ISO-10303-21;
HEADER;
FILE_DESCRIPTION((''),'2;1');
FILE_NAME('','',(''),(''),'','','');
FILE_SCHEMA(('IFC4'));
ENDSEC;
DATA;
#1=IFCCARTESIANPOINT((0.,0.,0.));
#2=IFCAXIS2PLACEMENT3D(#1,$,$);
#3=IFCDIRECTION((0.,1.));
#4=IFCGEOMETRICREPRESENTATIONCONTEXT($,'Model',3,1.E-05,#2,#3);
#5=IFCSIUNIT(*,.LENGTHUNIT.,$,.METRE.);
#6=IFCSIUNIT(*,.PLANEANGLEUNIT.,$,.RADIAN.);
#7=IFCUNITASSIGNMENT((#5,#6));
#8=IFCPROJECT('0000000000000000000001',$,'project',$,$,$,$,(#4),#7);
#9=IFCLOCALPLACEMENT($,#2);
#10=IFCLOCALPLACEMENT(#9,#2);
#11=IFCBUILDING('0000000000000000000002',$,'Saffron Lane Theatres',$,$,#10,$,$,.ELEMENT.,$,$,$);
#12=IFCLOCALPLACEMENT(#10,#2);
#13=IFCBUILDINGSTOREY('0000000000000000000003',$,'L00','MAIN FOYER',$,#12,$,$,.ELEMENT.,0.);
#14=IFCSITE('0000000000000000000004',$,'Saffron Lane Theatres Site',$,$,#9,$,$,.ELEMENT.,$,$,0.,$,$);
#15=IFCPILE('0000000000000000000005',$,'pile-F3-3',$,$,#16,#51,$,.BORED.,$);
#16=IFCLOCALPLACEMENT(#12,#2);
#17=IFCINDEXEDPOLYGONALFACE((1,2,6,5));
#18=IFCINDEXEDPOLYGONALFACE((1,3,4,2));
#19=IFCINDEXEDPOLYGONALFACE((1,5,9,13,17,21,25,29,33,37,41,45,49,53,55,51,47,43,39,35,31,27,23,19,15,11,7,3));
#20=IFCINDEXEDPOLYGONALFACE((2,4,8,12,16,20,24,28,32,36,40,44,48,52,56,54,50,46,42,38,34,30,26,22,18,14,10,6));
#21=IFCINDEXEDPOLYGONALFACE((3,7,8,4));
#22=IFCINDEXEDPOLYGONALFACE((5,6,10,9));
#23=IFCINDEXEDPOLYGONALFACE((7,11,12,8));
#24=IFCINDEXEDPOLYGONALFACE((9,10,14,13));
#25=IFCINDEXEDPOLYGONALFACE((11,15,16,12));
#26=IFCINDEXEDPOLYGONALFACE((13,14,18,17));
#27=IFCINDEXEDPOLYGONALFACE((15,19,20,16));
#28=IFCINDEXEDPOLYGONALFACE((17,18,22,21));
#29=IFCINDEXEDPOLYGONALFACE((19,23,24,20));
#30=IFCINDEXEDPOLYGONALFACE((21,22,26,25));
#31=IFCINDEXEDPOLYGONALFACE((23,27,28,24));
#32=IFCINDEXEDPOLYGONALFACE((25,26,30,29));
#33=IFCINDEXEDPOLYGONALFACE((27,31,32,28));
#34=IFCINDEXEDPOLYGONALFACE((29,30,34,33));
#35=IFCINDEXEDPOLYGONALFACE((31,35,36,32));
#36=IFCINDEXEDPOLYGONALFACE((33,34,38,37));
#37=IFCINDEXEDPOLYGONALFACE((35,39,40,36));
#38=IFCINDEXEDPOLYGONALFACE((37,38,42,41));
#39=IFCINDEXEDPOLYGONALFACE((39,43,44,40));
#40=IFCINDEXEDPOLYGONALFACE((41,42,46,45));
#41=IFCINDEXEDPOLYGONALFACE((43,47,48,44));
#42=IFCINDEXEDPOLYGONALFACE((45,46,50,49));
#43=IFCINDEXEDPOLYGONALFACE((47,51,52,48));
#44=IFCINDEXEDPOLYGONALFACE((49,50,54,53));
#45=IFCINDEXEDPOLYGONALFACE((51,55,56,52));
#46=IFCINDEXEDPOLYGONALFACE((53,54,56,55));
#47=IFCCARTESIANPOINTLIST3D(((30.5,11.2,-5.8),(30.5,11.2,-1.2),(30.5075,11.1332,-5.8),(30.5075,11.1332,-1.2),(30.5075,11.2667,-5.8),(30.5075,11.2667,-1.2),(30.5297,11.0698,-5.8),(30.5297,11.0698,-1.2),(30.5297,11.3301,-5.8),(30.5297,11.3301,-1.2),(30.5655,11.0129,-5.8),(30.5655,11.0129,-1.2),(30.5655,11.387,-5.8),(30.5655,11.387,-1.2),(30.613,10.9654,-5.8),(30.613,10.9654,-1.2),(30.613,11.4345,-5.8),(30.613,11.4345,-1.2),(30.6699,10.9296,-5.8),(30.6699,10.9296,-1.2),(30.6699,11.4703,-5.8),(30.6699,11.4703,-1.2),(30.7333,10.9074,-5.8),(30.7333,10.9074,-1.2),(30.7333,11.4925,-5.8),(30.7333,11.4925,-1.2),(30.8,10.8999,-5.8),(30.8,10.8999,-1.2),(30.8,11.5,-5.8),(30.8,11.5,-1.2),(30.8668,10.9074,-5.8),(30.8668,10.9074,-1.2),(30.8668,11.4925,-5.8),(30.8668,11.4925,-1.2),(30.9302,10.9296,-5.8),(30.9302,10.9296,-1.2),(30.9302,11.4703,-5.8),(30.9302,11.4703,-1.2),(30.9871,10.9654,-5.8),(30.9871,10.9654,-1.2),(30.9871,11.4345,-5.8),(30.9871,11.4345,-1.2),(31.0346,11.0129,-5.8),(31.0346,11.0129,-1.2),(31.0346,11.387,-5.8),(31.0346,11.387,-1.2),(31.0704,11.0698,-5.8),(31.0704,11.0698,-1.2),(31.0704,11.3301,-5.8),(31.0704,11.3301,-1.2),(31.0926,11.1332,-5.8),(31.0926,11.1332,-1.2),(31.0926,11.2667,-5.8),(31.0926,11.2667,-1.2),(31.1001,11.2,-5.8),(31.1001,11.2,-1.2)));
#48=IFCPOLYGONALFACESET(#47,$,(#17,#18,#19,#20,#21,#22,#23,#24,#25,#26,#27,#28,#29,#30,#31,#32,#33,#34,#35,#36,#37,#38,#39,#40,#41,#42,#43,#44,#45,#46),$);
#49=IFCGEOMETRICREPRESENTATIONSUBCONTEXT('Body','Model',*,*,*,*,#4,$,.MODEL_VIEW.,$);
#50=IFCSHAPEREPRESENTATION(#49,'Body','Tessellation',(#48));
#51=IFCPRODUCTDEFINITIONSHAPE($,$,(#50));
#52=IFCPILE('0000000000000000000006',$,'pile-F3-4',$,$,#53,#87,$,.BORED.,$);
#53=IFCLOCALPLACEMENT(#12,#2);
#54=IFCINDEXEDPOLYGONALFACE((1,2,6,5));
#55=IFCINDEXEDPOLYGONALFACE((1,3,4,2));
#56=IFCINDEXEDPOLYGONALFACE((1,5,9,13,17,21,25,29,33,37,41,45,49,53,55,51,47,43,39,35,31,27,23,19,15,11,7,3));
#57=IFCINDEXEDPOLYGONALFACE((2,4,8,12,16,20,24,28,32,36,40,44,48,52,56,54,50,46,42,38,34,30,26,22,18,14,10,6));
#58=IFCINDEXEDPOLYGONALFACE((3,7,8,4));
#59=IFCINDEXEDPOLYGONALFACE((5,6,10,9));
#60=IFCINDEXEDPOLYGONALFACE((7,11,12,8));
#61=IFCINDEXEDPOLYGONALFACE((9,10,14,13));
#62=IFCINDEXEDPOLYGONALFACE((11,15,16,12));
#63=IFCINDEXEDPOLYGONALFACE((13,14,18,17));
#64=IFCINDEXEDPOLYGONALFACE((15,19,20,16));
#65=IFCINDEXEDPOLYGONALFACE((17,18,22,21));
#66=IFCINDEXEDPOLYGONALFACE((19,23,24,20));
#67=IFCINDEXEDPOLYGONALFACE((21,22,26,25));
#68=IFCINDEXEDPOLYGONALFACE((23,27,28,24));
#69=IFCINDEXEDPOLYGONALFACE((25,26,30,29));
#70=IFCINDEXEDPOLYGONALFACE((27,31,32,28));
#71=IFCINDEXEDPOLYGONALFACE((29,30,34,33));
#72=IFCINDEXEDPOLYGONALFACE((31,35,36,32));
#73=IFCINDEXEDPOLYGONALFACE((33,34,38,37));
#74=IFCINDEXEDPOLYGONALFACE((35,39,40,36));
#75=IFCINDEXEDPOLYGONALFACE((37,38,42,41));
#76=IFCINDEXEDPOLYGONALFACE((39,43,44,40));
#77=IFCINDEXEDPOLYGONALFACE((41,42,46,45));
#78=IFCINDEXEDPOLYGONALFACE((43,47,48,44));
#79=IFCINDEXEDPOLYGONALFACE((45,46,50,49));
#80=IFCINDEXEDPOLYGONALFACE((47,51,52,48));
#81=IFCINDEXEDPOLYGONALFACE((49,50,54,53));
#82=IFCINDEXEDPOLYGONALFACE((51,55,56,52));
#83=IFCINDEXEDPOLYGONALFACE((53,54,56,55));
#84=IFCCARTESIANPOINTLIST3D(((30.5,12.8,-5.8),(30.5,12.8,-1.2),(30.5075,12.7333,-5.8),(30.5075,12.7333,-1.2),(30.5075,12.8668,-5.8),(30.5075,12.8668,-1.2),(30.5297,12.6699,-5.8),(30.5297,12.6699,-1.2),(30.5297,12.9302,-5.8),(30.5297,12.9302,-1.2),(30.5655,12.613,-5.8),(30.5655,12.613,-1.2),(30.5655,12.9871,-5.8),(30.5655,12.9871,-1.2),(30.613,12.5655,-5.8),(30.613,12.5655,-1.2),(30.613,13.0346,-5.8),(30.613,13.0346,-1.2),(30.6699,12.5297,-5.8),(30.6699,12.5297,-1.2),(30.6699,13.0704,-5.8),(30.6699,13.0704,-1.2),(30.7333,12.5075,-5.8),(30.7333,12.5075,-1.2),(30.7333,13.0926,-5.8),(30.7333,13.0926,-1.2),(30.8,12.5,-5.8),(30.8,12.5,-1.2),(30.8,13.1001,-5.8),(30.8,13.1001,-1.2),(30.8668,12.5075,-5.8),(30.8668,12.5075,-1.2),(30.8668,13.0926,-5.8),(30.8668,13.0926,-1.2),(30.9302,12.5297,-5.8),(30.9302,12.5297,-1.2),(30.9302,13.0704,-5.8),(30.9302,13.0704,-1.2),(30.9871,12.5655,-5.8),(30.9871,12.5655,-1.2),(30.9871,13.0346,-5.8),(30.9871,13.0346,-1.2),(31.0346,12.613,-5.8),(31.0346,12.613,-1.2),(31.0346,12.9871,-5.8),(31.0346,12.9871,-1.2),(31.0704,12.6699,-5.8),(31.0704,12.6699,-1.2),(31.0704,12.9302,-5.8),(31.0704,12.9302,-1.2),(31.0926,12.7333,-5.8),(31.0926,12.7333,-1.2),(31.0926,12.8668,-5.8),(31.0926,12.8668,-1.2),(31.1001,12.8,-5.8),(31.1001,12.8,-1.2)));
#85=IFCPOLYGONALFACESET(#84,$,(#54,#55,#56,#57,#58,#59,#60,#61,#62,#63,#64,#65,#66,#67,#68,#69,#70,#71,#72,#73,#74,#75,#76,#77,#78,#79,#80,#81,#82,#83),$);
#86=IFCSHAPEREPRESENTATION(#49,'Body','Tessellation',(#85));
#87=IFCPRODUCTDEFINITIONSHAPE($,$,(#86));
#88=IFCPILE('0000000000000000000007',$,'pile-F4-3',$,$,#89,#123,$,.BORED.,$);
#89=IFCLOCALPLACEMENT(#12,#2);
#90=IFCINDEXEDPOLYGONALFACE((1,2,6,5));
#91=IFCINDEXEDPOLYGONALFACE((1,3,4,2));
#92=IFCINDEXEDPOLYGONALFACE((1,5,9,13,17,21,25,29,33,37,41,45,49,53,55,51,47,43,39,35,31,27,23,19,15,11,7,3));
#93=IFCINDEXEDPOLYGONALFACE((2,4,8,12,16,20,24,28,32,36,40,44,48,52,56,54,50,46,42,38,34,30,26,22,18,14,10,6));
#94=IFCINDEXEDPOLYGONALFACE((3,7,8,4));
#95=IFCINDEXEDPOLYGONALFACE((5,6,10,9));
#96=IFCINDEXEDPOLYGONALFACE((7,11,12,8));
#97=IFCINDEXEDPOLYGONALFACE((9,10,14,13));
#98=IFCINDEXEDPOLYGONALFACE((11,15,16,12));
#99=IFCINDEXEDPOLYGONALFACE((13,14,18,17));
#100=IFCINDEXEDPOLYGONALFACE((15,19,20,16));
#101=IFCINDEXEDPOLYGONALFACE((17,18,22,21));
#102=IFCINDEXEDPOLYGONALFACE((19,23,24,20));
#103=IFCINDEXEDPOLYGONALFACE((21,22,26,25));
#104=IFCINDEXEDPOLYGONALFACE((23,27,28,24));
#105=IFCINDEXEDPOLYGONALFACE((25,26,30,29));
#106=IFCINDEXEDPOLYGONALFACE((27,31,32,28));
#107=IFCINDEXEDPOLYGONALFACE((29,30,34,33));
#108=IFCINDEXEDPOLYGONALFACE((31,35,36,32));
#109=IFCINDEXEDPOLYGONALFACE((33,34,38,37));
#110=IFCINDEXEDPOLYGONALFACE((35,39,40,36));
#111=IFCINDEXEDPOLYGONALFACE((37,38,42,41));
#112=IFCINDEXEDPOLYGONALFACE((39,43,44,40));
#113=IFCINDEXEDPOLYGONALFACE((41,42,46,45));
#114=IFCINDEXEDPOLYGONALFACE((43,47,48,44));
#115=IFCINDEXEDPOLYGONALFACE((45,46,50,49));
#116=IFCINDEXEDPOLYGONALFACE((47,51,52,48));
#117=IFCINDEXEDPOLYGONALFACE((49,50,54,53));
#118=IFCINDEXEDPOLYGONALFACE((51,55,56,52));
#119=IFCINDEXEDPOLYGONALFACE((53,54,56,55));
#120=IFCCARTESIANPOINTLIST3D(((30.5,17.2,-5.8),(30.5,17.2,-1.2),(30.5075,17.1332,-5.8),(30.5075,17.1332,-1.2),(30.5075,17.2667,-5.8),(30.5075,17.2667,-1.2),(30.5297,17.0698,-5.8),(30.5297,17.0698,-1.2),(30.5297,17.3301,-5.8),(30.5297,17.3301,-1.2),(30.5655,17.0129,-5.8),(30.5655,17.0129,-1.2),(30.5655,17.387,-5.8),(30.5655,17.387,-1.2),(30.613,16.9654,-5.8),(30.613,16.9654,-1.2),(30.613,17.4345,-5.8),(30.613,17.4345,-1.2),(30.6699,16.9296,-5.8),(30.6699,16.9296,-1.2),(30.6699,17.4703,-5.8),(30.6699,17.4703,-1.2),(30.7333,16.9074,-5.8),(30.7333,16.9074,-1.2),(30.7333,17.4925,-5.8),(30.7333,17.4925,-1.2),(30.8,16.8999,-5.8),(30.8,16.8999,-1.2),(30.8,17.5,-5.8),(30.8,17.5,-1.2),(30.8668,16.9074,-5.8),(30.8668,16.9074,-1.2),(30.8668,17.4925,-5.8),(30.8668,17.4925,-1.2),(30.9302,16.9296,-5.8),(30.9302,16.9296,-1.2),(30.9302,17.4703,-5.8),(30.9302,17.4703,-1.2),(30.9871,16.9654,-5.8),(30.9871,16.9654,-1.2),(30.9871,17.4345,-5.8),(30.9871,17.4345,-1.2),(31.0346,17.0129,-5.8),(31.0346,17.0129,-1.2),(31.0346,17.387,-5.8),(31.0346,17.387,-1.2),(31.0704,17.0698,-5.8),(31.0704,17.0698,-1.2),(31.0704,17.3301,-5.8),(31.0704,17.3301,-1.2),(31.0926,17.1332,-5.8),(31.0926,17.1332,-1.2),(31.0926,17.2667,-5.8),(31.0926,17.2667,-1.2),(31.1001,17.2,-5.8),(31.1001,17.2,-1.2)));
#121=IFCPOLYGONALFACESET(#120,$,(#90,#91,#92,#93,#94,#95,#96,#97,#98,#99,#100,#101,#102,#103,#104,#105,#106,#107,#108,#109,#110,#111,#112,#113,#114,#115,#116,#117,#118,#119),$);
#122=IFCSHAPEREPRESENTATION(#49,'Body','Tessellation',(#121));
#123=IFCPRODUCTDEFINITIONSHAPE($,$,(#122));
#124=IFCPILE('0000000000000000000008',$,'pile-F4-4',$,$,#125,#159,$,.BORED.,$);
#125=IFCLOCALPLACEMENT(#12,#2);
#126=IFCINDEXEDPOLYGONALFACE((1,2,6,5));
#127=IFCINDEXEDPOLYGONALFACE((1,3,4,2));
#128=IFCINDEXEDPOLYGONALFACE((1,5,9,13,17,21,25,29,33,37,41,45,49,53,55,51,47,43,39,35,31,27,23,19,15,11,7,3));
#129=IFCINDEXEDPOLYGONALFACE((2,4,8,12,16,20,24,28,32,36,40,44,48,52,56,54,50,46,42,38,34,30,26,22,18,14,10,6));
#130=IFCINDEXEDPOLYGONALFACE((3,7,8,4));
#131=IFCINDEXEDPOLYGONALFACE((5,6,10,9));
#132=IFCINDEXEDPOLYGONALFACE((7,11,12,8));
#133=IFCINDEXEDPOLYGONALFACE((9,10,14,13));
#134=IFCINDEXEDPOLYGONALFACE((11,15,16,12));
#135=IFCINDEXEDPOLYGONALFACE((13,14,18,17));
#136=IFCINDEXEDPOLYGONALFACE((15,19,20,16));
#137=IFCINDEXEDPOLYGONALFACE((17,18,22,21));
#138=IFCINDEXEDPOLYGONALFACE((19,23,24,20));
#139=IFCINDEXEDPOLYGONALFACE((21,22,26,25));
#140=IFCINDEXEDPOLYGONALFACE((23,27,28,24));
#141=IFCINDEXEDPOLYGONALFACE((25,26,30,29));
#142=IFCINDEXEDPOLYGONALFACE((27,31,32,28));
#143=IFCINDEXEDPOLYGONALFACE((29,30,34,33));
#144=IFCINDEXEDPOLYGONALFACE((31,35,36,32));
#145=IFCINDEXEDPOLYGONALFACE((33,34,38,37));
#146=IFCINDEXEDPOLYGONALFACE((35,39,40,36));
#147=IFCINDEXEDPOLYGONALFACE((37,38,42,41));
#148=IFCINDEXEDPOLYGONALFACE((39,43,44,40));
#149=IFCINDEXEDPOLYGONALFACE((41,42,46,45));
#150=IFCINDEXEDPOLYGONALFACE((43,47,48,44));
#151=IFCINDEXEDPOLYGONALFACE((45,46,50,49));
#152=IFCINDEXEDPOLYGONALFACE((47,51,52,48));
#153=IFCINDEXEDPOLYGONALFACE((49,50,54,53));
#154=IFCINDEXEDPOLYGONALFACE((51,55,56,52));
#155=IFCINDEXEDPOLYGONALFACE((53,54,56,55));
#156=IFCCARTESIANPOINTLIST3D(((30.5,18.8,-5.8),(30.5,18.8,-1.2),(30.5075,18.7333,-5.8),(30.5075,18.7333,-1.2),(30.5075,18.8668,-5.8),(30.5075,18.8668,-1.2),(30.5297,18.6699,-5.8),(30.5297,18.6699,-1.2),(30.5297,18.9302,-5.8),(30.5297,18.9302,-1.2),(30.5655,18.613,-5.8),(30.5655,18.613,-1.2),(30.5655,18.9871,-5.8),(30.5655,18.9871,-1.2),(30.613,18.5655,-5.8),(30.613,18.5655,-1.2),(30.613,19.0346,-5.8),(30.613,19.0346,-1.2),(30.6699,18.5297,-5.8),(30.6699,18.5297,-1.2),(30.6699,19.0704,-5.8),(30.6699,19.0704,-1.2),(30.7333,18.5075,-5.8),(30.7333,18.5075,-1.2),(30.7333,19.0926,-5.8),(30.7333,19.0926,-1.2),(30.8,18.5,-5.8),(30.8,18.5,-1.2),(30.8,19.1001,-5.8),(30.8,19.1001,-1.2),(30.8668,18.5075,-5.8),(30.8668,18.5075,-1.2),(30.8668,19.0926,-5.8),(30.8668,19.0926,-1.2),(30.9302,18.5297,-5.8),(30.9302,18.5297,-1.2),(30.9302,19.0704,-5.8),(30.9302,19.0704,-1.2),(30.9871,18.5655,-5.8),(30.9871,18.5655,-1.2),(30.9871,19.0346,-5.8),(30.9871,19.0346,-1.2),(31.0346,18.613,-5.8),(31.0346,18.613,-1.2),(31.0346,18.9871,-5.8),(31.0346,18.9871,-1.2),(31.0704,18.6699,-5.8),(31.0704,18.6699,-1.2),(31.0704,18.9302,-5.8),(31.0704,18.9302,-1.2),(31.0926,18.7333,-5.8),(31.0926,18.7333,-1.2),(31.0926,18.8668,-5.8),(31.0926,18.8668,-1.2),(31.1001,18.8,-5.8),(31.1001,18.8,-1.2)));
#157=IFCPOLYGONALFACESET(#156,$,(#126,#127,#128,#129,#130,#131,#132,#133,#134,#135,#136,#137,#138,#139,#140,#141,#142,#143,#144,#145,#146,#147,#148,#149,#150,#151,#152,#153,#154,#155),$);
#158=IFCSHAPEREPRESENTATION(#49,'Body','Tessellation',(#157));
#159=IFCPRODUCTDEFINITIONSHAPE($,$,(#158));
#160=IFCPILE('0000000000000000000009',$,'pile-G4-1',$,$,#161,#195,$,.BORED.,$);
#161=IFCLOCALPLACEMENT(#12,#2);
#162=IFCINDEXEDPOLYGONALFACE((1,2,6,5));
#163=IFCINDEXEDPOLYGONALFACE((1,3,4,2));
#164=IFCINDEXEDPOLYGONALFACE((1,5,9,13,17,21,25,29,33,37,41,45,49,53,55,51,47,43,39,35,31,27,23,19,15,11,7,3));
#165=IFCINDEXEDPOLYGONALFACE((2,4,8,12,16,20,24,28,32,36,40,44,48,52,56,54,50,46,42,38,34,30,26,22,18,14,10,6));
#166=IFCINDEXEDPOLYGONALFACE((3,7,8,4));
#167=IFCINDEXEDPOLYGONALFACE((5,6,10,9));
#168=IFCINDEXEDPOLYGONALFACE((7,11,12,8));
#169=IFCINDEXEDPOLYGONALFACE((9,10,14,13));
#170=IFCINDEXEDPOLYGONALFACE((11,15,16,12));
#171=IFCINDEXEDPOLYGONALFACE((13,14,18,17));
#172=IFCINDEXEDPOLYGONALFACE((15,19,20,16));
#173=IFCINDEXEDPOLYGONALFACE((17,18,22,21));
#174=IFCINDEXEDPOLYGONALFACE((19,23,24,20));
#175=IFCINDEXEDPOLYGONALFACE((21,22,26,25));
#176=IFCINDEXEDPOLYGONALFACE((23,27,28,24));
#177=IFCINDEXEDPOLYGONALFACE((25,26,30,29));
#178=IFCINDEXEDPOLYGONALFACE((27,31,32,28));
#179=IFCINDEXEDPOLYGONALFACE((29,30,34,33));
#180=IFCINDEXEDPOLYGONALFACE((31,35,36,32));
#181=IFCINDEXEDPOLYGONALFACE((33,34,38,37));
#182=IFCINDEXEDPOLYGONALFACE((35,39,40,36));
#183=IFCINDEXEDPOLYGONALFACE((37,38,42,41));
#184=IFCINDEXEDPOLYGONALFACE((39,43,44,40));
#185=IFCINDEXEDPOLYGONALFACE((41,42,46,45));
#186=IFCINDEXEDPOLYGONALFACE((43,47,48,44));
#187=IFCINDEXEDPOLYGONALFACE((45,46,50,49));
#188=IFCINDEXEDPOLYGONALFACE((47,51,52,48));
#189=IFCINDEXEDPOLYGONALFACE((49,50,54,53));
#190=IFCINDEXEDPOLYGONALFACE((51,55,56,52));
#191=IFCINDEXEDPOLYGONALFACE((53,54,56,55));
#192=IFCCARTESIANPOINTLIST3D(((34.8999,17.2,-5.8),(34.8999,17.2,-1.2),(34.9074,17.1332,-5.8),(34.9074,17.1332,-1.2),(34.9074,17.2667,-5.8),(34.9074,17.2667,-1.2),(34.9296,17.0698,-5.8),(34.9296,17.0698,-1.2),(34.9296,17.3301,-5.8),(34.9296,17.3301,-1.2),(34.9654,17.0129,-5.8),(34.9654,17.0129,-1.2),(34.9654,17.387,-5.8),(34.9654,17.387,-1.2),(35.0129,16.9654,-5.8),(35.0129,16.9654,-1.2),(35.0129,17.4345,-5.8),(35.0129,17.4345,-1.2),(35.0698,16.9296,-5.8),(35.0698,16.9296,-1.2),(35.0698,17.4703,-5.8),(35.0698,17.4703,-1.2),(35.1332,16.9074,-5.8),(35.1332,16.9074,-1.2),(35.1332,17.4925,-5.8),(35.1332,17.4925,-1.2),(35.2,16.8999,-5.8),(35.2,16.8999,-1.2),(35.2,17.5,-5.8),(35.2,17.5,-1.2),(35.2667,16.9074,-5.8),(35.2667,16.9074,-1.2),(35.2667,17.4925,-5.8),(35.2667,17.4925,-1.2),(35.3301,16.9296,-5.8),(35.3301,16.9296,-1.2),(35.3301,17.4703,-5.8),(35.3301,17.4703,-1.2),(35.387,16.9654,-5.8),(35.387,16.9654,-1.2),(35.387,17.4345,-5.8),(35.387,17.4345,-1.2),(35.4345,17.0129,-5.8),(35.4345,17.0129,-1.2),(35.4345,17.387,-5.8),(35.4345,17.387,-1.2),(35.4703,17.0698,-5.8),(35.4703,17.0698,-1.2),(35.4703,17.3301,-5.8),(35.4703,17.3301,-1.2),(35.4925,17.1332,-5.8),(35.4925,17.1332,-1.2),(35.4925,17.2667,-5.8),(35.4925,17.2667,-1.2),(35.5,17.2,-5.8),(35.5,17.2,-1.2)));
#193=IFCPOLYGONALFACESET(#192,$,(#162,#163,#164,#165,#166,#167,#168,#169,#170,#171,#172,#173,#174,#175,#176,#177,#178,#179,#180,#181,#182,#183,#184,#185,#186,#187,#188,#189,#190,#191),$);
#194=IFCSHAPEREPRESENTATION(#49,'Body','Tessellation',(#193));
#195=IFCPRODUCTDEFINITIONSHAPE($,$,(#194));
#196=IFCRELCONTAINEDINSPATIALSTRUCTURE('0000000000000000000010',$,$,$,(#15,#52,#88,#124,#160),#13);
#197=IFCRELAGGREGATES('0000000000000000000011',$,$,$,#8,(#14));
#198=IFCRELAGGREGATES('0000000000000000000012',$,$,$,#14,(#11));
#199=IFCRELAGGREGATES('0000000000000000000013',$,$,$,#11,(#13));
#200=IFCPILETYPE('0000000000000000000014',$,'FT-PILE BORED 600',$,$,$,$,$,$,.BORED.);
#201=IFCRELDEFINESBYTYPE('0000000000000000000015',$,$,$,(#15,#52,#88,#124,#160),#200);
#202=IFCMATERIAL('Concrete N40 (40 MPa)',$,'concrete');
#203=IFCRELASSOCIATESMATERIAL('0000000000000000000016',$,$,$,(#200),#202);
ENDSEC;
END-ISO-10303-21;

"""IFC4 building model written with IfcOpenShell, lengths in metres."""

from ifc_helpers import new_model, si_unit, direction, frame, origin, origin_2d, place, context, subcontext, project, spatial, circle, extrude, material, material_profile, profile_set, type_object, element, save


model = new_model("IFC4")

# Units and contexts
model_context = context("Model", 3, precision=1e-05, world=origin(), true_north=direction((0.0, 1.0)))
body_context = subcontext(model_context, "Body", "Model", "MODEL_VIEW")
ifc_project = project(units=[si_unit("LENGTHUNIT", "METRE"), si_unit("PLANEANGLEUNIT", "RADIAN")], contexts=[model_context])

# Site, building, storey
site_placement = place(None, origin())
site = spatial("IfcSite", under=ifc_project, at=site_placement, Name="Saffron Lane Theatres Site", CompositionType="ELEMENT", RefElevation=0.0)
building_placement = place(site_placement, origin())
building = spatial("IfcBuilding", under=site, at=building_placement, Name="Saffron Lane Theatres", CompositionType="ELEMENT")
storey_placement = place(building_placement, origin())
storey = spatial("IfcBuildingStorey", under=building, at=storey_placement, Name="L00", Description="MAIN FOYER", CompositionType="ELEMENT", Elevation=0.0)

# Piles
ifc_material_1 = material(Name="Concrete N40 (40 MPa)", Category="concrete")
ifc_material_profile_1 = material_profile(ifc_material_1, circle(Radius=0.3, at=origin_2d()))
ifc_profile_set_1 = profile_set([ifc_material_profile_1], Name="Concrete N40 (40 MPa)")
pile_type = type_object("IfcPileType", Name="FT-PILE BORED 600", PredefinedType="BORED", material=ifc_profile_set_1)
for number, where, z_axis, x_axis, name in (
    (1, (30.8, 11.2, -1.2), (0.0, 0.0, -1.0), (1.0, 0.0, 0.0), "pile-F3-3"),
    (2, (30.8, 12.8, -1.2), (0.0, 0.0, -1.0), (1.0, 0.0, 0.0), "pile-F3-4"),
    (3, (30.8, 17.2, -1.2), (0.0, 0.0, -1.0), (1.0, 0.0, 0.0), "pile-F4-3"),
    (4, (30.8, 18.8, -1.2), (0.0, 0.0, -1.0), (1.0, 0.0, 0.0), "pile-F4-4"),
    (5, (35.2, 17.2, -1.2), (0.0, 0.0, -1.0), (1.0, 0.0, 0.0), "pile-G4-1"),
):
    element("IfcPile", number, at=place(storey_placement, frame(where, z_axis=z_axis, x_axis=x_axis)), inside=storey, type_object=pile_type, Name=name, PredefinedType="BORED", context=body_context, shape_type="SweptSolid", body=[
        extrude(circle(Radius=0.3, at=origin_2d()), origin(), (0.0, 0.0, 1.0), 4.6001),
    ])

save(model, "model.ifc")
